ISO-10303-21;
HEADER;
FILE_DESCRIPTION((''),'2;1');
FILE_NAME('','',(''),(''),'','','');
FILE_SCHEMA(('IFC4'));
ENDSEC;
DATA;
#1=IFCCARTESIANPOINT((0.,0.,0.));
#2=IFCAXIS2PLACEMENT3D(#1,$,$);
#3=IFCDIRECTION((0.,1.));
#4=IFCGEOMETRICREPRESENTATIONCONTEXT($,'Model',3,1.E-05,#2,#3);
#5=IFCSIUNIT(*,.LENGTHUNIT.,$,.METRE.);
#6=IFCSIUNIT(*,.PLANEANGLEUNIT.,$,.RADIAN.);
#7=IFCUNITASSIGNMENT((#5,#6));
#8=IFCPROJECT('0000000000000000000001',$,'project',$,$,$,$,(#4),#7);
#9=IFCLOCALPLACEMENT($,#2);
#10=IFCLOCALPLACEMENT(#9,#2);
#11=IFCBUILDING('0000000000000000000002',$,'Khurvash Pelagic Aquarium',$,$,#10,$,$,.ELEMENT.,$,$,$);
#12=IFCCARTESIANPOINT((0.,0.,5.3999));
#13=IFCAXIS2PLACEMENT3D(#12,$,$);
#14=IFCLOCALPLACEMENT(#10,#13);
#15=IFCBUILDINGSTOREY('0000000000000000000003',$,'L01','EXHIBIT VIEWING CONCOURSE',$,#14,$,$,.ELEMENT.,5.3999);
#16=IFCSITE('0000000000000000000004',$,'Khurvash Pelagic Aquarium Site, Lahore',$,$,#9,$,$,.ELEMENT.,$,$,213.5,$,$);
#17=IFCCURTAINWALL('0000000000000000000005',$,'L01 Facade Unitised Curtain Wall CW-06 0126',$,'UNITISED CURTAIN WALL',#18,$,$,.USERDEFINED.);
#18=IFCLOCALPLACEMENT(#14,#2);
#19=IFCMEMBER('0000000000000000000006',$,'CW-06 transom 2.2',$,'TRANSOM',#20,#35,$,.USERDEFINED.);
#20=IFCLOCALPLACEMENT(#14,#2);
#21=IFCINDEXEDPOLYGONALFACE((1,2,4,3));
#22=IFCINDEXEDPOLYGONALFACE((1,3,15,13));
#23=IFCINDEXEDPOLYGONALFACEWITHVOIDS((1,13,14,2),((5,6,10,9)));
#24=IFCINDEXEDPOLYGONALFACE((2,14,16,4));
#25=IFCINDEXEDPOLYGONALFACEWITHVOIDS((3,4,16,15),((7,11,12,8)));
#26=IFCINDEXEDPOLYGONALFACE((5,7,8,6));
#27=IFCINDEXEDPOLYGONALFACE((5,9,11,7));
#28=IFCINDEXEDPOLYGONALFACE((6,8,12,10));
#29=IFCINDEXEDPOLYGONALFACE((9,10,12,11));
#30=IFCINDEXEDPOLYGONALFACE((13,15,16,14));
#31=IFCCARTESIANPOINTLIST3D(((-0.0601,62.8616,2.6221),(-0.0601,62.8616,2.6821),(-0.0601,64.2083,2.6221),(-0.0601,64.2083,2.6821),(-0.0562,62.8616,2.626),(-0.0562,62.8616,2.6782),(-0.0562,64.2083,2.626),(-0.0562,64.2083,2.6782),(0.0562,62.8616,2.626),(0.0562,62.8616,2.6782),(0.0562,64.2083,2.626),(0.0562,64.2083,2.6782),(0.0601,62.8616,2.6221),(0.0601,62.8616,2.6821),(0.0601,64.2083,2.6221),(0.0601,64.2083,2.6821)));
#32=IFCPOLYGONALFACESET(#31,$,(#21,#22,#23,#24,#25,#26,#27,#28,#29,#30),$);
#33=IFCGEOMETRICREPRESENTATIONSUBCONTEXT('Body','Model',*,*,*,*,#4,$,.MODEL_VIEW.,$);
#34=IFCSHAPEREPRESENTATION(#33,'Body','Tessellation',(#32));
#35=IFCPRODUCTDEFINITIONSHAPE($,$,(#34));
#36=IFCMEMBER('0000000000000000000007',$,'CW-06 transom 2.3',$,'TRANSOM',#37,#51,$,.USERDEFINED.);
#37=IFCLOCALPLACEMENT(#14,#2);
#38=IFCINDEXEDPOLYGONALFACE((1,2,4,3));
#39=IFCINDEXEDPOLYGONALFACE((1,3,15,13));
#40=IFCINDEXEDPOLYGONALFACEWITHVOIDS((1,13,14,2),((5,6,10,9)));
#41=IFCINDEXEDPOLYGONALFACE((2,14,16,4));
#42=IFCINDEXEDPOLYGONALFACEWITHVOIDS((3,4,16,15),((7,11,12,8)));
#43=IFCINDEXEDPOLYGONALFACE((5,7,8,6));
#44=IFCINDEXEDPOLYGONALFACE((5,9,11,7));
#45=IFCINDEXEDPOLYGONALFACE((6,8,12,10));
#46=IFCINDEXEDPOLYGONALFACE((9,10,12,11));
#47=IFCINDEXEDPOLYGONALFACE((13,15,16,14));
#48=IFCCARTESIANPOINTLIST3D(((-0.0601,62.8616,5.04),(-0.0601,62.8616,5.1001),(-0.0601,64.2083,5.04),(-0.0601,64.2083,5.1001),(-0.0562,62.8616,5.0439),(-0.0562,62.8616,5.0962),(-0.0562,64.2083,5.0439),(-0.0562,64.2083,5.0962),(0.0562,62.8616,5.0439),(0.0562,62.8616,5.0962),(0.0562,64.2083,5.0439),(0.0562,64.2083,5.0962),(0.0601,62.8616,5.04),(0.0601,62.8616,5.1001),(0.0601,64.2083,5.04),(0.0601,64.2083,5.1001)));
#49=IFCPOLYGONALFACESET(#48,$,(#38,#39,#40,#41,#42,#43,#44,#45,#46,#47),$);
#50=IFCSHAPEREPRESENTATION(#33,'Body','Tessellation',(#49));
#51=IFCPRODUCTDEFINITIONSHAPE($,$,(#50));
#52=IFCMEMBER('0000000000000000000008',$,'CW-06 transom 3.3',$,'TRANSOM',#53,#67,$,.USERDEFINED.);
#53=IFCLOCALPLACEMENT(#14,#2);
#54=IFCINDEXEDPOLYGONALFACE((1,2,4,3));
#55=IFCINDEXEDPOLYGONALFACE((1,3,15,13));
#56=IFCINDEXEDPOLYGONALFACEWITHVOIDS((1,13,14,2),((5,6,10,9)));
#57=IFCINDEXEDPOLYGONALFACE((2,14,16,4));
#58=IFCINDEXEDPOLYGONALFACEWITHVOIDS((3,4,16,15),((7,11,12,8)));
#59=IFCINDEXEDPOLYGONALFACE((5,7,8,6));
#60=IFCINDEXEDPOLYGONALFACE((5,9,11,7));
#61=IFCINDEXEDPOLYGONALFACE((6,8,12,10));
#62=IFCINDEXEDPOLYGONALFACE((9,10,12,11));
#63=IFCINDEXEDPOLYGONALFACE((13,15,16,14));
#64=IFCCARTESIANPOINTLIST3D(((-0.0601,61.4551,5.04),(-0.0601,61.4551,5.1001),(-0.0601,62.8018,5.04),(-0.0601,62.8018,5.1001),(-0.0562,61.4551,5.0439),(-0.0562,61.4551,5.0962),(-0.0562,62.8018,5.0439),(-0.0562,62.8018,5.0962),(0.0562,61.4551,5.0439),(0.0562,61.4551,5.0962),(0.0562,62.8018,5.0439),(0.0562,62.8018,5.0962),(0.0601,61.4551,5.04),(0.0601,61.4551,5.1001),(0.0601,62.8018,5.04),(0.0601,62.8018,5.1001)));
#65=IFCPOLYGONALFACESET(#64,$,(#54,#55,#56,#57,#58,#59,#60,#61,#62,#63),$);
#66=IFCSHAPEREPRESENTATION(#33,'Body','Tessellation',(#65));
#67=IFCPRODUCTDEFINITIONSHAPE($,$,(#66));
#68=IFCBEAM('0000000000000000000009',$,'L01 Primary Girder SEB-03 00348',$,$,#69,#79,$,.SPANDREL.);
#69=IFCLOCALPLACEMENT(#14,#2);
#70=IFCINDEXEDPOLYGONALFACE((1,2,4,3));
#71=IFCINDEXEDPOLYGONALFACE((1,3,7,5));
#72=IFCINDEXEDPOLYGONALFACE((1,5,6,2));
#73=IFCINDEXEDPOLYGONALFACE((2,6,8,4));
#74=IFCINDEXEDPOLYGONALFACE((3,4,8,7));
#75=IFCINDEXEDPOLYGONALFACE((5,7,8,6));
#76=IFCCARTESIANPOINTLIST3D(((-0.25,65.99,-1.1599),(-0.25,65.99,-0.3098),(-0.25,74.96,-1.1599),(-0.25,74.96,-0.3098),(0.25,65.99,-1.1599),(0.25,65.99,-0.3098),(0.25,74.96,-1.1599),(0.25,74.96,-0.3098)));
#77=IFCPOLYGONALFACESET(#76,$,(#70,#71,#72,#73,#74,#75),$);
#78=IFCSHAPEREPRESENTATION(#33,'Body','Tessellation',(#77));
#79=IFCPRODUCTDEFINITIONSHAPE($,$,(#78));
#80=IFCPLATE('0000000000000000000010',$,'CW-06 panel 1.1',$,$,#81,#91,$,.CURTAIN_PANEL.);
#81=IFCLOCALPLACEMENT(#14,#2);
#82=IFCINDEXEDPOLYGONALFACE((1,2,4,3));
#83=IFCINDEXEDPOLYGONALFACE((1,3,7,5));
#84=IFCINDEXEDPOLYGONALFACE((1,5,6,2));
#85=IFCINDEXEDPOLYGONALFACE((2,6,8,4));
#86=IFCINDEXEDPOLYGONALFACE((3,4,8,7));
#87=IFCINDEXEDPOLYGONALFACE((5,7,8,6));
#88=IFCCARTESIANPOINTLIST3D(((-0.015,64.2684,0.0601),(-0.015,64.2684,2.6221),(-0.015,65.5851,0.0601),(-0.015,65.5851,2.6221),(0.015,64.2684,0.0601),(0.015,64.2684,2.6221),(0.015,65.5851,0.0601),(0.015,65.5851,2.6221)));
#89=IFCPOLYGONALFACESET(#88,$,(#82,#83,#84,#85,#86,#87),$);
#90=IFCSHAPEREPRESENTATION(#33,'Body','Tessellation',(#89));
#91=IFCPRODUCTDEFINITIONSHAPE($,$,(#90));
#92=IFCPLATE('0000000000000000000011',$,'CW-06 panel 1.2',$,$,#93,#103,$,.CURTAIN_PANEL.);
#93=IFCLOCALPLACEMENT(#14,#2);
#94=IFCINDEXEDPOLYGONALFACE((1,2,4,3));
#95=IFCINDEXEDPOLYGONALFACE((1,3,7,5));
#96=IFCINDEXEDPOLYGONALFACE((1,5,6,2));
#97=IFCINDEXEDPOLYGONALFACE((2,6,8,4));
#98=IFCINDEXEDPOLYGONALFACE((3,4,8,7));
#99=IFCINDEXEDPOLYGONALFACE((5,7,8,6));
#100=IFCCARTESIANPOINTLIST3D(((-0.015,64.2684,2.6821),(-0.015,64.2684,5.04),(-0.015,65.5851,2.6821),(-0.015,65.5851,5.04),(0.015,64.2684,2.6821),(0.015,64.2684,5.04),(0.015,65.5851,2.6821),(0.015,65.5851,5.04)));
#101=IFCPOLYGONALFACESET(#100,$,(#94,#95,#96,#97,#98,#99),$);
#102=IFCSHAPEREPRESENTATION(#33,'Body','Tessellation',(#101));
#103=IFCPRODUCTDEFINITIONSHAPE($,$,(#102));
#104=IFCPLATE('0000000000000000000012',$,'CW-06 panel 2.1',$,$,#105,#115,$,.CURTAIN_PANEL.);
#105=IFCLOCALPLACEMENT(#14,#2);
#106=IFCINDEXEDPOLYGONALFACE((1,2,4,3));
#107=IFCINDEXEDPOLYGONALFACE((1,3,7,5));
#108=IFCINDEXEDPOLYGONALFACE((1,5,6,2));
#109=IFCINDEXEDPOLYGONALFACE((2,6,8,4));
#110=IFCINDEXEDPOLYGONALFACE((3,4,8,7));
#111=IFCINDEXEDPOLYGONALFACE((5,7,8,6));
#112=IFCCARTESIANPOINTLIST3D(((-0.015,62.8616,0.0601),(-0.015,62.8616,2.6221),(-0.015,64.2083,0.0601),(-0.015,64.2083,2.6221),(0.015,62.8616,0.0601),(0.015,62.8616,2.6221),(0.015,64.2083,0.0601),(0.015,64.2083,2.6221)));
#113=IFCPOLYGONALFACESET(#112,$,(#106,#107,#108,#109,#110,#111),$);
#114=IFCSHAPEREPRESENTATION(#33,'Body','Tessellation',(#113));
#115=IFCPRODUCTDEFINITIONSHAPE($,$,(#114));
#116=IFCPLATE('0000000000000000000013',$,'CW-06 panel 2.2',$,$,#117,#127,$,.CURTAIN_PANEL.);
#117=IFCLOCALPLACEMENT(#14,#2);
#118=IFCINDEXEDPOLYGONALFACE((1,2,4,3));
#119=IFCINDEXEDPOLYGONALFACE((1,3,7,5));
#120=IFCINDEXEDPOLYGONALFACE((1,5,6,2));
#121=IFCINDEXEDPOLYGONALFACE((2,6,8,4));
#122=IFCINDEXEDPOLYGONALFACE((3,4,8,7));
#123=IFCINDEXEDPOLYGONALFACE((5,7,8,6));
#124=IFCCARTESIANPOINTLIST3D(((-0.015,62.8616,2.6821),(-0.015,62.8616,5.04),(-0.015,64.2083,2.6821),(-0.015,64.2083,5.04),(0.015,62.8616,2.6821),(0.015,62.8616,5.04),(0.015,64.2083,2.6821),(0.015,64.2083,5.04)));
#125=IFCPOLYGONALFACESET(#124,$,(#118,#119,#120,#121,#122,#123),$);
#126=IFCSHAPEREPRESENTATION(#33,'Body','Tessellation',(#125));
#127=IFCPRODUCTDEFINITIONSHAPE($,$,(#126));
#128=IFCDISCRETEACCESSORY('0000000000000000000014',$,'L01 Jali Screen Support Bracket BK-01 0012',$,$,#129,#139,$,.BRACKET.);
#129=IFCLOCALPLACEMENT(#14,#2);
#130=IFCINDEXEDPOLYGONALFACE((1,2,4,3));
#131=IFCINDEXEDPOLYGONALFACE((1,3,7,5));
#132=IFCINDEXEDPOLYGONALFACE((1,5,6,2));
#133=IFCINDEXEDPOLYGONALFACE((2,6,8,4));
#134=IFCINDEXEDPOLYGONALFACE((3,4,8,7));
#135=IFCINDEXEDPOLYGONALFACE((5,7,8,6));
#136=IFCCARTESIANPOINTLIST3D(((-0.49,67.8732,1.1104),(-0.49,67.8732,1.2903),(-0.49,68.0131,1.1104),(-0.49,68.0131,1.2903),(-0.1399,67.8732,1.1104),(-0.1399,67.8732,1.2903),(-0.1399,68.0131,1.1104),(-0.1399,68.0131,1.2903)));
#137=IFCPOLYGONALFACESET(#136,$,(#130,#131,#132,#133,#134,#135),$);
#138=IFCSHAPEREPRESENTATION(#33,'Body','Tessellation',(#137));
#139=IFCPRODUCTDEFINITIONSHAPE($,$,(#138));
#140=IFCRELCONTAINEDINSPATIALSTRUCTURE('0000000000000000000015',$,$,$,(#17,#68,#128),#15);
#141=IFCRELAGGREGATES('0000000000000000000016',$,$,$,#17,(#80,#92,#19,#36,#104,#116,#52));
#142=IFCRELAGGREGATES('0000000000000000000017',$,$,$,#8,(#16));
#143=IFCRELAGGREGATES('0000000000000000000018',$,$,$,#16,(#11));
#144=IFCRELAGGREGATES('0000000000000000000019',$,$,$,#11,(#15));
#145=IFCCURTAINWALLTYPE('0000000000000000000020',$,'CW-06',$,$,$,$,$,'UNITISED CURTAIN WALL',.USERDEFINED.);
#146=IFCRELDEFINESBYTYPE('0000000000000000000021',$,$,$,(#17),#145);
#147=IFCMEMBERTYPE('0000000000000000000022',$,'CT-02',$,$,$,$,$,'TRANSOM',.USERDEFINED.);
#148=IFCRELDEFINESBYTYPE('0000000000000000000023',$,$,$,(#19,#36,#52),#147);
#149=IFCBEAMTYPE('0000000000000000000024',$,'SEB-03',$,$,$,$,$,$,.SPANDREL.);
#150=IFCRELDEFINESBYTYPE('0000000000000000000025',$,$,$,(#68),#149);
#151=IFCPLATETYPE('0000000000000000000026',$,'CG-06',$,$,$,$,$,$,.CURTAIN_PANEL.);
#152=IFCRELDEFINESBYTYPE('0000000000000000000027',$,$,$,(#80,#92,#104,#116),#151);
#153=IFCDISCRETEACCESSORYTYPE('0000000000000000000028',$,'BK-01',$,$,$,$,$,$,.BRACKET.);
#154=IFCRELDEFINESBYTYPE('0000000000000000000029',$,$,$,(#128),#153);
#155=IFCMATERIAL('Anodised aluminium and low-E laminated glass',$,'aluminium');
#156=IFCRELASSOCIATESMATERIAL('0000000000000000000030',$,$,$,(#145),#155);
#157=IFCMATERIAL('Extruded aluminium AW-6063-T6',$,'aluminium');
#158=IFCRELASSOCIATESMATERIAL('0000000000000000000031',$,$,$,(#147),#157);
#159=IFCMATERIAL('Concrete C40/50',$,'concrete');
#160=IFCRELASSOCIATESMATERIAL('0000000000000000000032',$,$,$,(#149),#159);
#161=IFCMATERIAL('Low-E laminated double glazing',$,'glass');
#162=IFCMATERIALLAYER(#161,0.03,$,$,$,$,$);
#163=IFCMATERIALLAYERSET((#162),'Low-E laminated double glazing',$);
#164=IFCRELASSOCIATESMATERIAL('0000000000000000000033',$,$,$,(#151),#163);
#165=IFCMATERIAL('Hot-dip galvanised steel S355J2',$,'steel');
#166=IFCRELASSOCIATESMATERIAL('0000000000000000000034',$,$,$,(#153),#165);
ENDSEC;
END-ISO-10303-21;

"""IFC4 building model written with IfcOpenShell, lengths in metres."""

from ifc_helpers import new_model, si_unit, direction, frame, origin, origin_2d, place, context, subcontext, project, spatial, rectangle, hollow_rectangle, extrude, material, layer, layer_set, material_profile, profile_set, type_object, element, aggregate, save


model = new_model("IFC4")

# Units and contexts
model_context = context("Model", 3, precision=1e-05, world=origin(), true_north=direction((0.0, 1.0)))
body_context = subcontext(model_context, "Body", "Model", "MODEL_VIEW")
ifc_project = project(units=[si_unit("LENGTHUNIT", "METRE"), si_unit("PLANEANGLEUNIT", "RADIAN")], contexts=[model_context])

# Site, building, storey
site_placement = place(None, origin())
site = spatial("IfcSite", under=ifc_project, at=site_placement, Name="Khurvash Pelagic Aquarium Site, Lahore", CompositionType="ELEMENT", RefElevation=213.5)
building_placement = place(site_placement, origin())
building = spatial("IfcBuilding", under=site, at=building_placement, Name="Khurvash Pelagic Aquarium", CompositionType="ELEMENT")
storey_placement = place(building_placement, frame((0.0, 0.0, 5.3999)))
storey = spatial("IfcBuildingStorey", under=building, at=storey_placement, Name="L01", Description="EXHIBIT VIEWING CONCOURSE", CompositionType="ELEMENT", Elevation=5.3999)

# Shared definitions
ifc_material_1 = material(Name="Concrete C40/50", Category="concrete")

# Curtain wall, members
ifc_material_2 = material(Name="Anodised aluminium and low-E laminated glass", Category="aluminium")
curtain_wall_type = type_object("IfcCurtainWallType", Name="CW-06", ElementType="UNITISED CURTAIN WALL", PredefinedType="USERDEFINED", material=ifc_material_2)
curtain_wall_placement = place(storey_placement, origin())
curtain_wall = element("IfcCurtainWall", 1, at=curtain_wall_placement, inside=storey, type_object=curtain_wall_type, Name="L01 Facade Unitised Curtain Wall CW-06 0126", ObjectType="UNITISED CURTAIN WALL", PredefinedType="USERDEFINED")
ifc_material_3 = material(Name="Extruded aluminium AW-6063-T6", Category="aluminium")
ifc_material_profile_1 = material_profile(ifc_material_3, hollow_rectangle(XDim=0.1201, YDim=0.0601, WallThickness=0.0039, at=origin_2d()), Name="CWT120X60X4")
ifc_profile_set_1 = profile_set([ifc_material_profile_1], Name="Extruded aluminium AW-6063-T6")
member_type_1 = type_object("IfcMemberType", Name="CT-02", ElementType="TRANSOM", PredefinedType="USERDEFINED", material=ifc_profile_set_1)
member_1_placement = place(storey_placement, frame((0.0, 64.2083, 2.6521), z_axis=(0.0, -1.0, 0.0), x_axis=(1.0, 0.0, 0.0)))
member_1 = element("IfcMember", 2, at=member_1_placement, type_object=member_type_1, Name="CW-06 transom 2.2", ObjectType="TRANSOM", PredefinedType="USERDEFINED", context=body_context, shape_type="SweptSolid", body=[
    extrude(hollow_rectangle(XDim=0.1201, YDim=0.0601, WallThickness=0.0039, at=origin_2d()), origin(), (0.0, 0.0, 1.0), 1.3467),
])
member_2_placement = place(storey_placement, frame((0.0, 64.2083, 5.0701), z_axis=(0.0, -1.0, 0.0), x_axis=(1.0, 0.0, 0.0)))
member_2 = element("IfcMember", 3, at=member_2_placement, type_object=member_type_1, Name="CW-06 transom 2.3", ObjectType="TRANSOM", PredefinedType="USERDEFINED", context=body_context, shape_type="SweptSolid", body=[
    extrude(hollow_rectangle(XDim=0.1201, YDim=0.0601, WallThickness=0.0039, at=origin_2d()), origin(), (0.0, 0.0, 1.0), 1.3467),
])
member_3_placement = place(storey_placement, frame((0.0, 62.8018, 5.0701), z_axis=(0.0, -1.0, 0.0), x_axis=(1.0, 0.0, 0.0)))
member_3 = element("IfcMember", 4, at=member_3_placement, type_object=member_type_1, Name="CW-06 transom 3.3", ObjectType="TRANSOM", PredefinedType="USERDEFINED", context=body_context, shape_type="SweptSolid", body=[
    extrude(hollow_rectangle(XDim=0.1201, YDim=0.0601, WallThickness=0.0039, at=origin_2d()), origin(), (0.0, 0.0, 1.0), 1.3467),
])

# Beam
ifc_material_profile_2 = material_profile(ifc_material_1, rectangle(XDim=0.5, YDim=0.8501, at=origin_2d()), Name="RC500X850")
ifc_profile_set_2 = profile_set([ifc_material_profile_2], Name="Concrete C40/50")
beam_type_1 = type_object("IfcBeamType", Name="SEB-03", PredefinedType="SPANDREL", material=ifc_profile_set_2)
beam_1_placement = place(storey_placement, frame((0.0, 65.99, -0.7349), z_axis=(0.0, 1.0, 0.0), x_axis=(-1.0, 0.0, 0.0)))
element("IfcBeam", 5, at=beam_1_placement, inside=storey, type_object=beam_type_1, Name="L01 Primary Girder SEB-03 00348", PredefinedType="SPANDREL", context=body_context, shape_type="SweptSolid", body=[
    extrude(rectangle(XDim=0.5, YDim=0.8501, at=origin_2d()), origin(), (0.0, 0.0, 1.0), 8.97),
])

# Plates
ifc_material_4 = material(Name="Low-E laminated double glazing", Category="glass")
ifc_layer = layer(ifc_material_4, 0.03)
ifc_layer_set = layer_set([ifc_layer], Name="Low-E laminated double glazing")
plate_type = type_object("IfcPlateType", Name="CG-06", PredefinedType="CURTAIN_PANEL", material=ifc_layer_set)
plate_1_placement = place(storey_placement, frame((0.0, 64.9268, 0.0601), z_axis=(0.0, 0.0, 1.0), x_axis=(0.0, -1.0, 0.0)))
plate_1 = element("IfcPlate", 6, at=plate_1_placement, type_object=plate_type, Name="CW-06 panel 1.1", PredefinedType="CURTAIN_PANEL", context=body_context, shape_type="SweptSolid", body=[
    extrude(rectangle(XDim=1.3167, YDim=0.03, at=origin_2d()), origin(), (0.0, 0.0, 1.0), 2.562),
])
plate_2_placement = place(storey_placement, frame((0.0, 64.9268, 2.6821), z_axis=(0.0, 0.0, 1.0), x_axis=(0.0, -1.0, 0.0)))
plate_2 = element("IfcPlate", 7, at=plate_2_placement, type_object=plate_type, Name="CW-06 panel 1.2", PredefinedType="CURTAIN_PANEL", context=body_context, shape_type="SweptSolid", body=[
    extrude(rectangle(XDim=1.3167, YDim=0.03, at=origin_2d()), origin(), (0.0, 0.0, 1.0), 2.3579),
])
plate_3_placement = place(storey_placement, frame((0.0, 63.5349, 0.0601), z_axis=(0.0, 0.0, 1.0), x_axis=(0.0, -1.0, 0.0)))
plate_3 = element("IfcPlate", 8, at=plate_3_placement, type_object=plate_type, Name="CW-06 panel 2.1", PredefinedType="CURTAIN_PANEL", context=body_context, shape_type="SweptSolid", body=[
    extrude(rectangle(XDim=1.3467, YDim=0.03, at=origin_2d()), origin(), (0.0, 0.0, 1.0), 2.562),
])
plate_4_placement = place(storey_placement, frame((0.0, 63.5349, 2.6821), z_axis=(0.0, 0.0, 1.0), x_axis=(0.0, -1.0, 0.0)))
plate_4 = element("IfcPlate", 9, at=plate_4_placement, type_object=plate_type, Name="CW-06 panel 2.2", PredefinedType="CURTAIN_PANEL", context=body_context, shape_type="SweptSolid", body=[
    extrude(rectangle(XDim=1.3467, YDim=0.03, at=origin_2d()), origin(), (0.0, 0.0, 1.0), 2.3579),
])
aggregate(curtain_wall, [plate_1, plate_2, member_1, member_2, plate_3, plate_4, member_3])

# Discrete accessory
ifc_material_5 = material(Name="Hot-dip galvanised steel S355J2", Category="steel")
discrete_accessory_type = type_object("IfcDiscreteAccessoryType", Name="BK-01", PredefinedType="BRACKET", material=ifc_material_5)
discrete_accessory_placement = place(storey_placement, frame((-0.3149, 67.9431, 1.1104), z_axis=(0.0, 0.0, 1.0), x_axis=(0.0, -1.0, 0.0)))
element("IfcDiscreteAccessory", 10, at=discrete_accessory_placement, inside=storey, type_object=discrete_accessory_type, Name="L01 Jali Screen Support Bracket BK-01 0012", PredefinedType="BRACKET", context=body_context, shape_type="SweptSolid", body=[
    extrude(rectangle(XDim=0.1399, YDim=0.3501, at=origin_2d()), origin(), (0.0, 0.0, 1.0), 0.1799),
])

save(model, "model.ifc")
